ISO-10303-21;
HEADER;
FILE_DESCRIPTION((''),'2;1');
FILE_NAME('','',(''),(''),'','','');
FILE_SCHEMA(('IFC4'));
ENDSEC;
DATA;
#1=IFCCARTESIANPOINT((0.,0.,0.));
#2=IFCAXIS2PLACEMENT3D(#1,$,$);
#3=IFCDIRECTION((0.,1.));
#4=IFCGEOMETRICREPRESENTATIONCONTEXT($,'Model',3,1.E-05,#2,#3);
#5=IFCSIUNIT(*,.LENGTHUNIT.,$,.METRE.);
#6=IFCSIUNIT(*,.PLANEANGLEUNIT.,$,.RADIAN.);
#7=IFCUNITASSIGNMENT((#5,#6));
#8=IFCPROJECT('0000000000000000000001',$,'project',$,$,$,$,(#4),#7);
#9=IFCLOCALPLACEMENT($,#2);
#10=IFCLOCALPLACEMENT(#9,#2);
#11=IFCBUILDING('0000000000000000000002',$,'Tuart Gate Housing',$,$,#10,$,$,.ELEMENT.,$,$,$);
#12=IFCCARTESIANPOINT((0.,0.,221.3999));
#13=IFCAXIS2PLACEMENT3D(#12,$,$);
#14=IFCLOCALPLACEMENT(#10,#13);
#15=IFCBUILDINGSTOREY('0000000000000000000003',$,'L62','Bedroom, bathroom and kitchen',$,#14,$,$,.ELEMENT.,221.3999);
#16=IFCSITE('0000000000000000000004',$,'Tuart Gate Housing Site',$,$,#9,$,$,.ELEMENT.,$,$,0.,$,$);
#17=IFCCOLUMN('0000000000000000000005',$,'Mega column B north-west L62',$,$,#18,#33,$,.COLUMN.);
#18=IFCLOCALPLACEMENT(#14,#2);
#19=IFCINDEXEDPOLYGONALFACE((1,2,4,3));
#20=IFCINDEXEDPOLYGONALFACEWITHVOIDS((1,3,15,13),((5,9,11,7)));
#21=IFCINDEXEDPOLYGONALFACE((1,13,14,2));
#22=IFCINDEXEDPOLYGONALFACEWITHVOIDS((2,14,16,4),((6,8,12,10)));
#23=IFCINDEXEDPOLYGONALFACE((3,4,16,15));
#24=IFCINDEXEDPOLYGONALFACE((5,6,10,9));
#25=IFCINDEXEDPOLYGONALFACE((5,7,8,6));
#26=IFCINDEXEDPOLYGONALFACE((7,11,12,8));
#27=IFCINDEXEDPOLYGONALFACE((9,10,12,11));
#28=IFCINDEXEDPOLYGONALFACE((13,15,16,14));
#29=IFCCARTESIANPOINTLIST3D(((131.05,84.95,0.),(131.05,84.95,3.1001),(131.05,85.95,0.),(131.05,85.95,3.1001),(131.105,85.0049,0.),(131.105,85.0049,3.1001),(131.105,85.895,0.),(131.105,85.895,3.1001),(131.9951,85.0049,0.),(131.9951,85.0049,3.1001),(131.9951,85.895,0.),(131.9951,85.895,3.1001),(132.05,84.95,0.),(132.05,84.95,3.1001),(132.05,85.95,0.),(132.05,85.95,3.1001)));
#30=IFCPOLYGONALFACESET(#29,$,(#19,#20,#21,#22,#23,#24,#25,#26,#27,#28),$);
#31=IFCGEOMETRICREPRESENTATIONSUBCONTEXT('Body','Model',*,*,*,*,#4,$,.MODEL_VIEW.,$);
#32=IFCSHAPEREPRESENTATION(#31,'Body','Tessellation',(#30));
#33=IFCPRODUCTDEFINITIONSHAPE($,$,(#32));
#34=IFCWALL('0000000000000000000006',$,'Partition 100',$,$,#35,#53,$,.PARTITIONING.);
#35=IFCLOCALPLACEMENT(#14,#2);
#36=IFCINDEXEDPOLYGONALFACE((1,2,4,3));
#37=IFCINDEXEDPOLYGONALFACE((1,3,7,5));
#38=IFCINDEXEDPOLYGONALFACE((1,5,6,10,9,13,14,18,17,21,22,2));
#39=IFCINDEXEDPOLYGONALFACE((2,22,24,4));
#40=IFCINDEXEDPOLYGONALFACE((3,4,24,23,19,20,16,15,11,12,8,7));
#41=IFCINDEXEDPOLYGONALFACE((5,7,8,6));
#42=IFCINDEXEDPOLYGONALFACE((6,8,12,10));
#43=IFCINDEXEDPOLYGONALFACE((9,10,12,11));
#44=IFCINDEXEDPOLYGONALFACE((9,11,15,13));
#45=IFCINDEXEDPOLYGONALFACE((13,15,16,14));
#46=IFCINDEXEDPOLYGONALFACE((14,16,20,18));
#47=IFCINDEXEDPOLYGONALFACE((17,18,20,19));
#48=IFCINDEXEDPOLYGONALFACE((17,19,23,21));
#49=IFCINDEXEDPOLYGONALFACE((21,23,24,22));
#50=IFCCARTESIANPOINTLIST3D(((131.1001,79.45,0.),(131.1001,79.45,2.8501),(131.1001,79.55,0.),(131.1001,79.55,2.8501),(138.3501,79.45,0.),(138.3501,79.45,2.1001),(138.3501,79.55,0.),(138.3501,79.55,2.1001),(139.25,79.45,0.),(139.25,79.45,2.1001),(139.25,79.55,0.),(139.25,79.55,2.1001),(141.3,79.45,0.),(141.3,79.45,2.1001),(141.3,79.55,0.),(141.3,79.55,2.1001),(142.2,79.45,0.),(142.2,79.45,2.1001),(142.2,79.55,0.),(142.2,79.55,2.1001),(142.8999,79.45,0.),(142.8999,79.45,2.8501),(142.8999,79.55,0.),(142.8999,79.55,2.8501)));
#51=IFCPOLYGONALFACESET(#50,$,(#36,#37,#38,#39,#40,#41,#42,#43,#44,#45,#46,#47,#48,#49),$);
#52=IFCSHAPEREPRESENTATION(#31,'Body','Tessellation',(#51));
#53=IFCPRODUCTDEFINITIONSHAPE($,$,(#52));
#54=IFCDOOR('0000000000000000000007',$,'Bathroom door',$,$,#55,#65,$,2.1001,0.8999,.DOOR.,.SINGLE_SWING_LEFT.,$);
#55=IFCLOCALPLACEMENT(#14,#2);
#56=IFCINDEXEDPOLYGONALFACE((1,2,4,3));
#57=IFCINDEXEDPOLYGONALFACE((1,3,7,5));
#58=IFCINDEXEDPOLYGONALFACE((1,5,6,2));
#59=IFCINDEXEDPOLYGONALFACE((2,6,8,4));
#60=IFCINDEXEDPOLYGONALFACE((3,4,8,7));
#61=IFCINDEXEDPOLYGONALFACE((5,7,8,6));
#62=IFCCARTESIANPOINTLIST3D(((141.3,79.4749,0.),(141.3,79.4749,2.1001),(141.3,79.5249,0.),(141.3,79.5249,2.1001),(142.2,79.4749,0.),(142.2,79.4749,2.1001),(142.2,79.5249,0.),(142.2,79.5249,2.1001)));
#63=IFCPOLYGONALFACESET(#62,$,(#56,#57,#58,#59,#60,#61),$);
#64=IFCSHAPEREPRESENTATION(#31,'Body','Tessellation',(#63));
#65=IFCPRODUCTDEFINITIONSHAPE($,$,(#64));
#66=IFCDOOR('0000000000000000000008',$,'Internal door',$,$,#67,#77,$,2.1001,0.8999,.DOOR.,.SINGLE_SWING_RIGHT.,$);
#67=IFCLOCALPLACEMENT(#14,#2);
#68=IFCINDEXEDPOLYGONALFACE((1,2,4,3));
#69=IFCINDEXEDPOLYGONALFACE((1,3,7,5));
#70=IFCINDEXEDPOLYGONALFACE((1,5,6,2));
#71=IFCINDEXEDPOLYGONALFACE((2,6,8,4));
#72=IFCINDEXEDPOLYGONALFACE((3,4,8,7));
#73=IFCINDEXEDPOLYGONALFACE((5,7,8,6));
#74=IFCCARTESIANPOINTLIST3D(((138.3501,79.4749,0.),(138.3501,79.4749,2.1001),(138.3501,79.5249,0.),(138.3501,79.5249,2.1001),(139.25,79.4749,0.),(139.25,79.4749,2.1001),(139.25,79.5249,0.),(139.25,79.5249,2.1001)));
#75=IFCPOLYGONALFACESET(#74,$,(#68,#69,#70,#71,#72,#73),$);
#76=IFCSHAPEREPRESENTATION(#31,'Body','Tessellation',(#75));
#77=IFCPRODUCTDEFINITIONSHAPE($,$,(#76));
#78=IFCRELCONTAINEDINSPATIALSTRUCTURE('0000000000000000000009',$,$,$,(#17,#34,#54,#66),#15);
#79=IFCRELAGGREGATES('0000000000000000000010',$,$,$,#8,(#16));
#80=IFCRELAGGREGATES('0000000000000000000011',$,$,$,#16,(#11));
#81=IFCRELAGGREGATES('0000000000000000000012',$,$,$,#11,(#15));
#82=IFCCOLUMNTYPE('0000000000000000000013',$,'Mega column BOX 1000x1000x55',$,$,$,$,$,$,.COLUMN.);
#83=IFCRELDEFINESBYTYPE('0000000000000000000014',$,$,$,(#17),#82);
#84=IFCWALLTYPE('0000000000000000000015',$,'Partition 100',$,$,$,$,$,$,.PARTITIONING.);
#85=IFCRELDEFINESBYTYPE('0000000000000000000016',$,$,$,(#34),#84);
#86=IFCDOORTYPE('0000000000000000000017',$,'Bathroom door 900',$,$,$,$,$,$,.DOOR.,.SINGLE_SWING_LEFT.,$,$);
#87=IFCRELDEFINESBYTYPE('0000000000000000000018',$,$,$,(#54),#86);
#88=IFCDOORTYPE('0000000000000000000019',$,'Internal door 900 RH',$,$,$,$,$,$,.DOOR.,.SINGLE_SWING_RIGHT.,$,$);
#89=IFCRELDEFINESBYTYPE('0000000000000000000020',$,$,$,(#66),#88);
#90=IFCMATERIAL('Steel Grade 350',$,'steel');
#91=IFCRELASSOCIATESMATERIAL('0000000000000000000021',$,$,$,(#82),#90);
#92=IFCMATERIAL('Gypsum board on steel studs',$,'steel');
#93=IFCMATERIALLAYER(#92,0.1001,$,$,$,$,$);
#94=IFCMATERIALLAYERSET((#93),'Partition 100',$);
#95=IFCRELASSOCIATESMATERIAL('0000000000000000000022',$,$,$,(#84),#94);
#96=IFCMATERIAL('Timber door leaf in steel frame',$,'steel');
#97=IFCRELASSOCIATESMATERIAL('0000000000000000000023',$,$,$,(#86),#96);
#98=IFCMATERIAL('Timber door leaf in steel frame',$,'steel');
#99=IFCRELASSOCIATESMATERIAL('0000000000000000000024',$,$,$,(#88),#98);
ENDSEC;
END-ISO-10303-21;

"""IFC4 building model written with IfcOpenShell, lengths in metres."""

from ifc_helpers import new_model, si_unit, direction, frame, frame_2d, origin, origin_2d, place, context, subcontext, project, spatial, rectangle, hollow_rectangle, extrude, material, layer, layer_set, material_profile, profile_set, type_object, element, fill, save


model = new_model("IFC4")

# Units and contexts
model_context = context("Model", 3, precision=1e-05, world=origin(), true_north=direction((0.0, 1.0)))
body_context = subcontext(model_context, "Body", "Model", "MODEL_VIEW")
ifc_project = project(units=[si_unit("LENGTHUNIT", "METRE"), si_unit("PLANEANGLEUNIT", "RADIAN")], contexts=[model_context])

# Site, building, storey
site_placement = place(None, origin())
site = spatial("IfcSite", under=ifc_project, at=site_placement, Name="Tuart Gate Housing Site", CompositionType="ELEMENT", RefElevation=0.0)
building_placement = place(site_placement, origin())
building = spatial("IfcBuilding", under=site, at=building_placement, Name="Tuart Gate Housing", CompositionType="ELEMENT")
storey_placement = place(building_placement, frame((0.0, 0.0, 221.3999)))
storey = spatial("IfcBuildingStorey", under=building, at=storey_placement, Name="L62", Description="Bedroom, bathroom and kitchen", CompositionType="ELEMENT", Elevation=221.3999)

# Column
ifc_material_1 = material(Name="Steel Grade 350", Category="steel")
ifc_material_profile = material_profile(ifc_material_1, hollow_rectangle(XDim=1.0, YDim=1.0, WallThickness=0.0549, at=origin_2d()), Name="BOX 1000x1000x55")
ifc_profile_set = profile_set([ifc_material_profile], Name="Steel Grade 350")
column_type = type_object("IfcColumnType", Name="Mega column BOX 1000x1000x55", PredefinedType="COLUMN", material=ifc_profile_set)
column_placement = place(storey_placement, frame((131.55, 85.45, 0.0), z_axis=(0.0, 0.0, 1.0), x_axis=(1.0, 0.0, 0.0)))
element("IfcColumn", 1, at=column_placement, inside=storey, type_object=column_type, Name="Mega column B north-west L62", PredefinedType="COLUMN", context=body_context, shape_type="SweptSolid", body=[
    extrude(hollow_rectangle(XDim=1.0, YDim=1.0, WallThickness=0.0549, at=origin_2d()), origin(), (0.0, 0.0, 1.0), 3.1001),
])

# Wall, openings, doors
ifc_material_2 = material(Name="Gypsum board on steel studs", Category="steel")
ifc_layer_1 = layer(ifc_material_2, 0.1001)
ifc_layer_set_1 = layer_set([ifc_layer_1], Name="Partition 100")
wall_type_1 = type_object("IfcWallType", Name="Partition 100", PredefinedType="PARTITIONING", material=ifc_layer_set_1)
wall_1_placement = place(storey_placement, frame((131.1001, 79.5, 0.0), z_axis=(0.0, 0.0, 1.0), x_axis=(1.0, 0.0, 0.0)))
wall_1 = element("IfcWall", 2, at=wall_1_placement, inside=storey, type_object=wall_type_1, Name="Partition 100", PredefinedType="PARTITIONING", context=body_context, shape_type="SweptSolid", body=[
    extrude(rectangle(XDim=11.7998, YDim=0.1001, at=frame_2d((5.8999, 0.0))), origin(), (0.0, 0.0, 1.0), 2.8501),
])
opening_1_placement = place(wall_1_placement, frame((7.25, 0.0, 0.0)))
opening_1 = element("IfcOpeningElement", 3, at=opening_1_placement, cuts=wall_1, PredefinedType="OPENING", context=body_context, shape_type="SweptSolid", body=[
    extrude(rectangle(XDim=0.8999, YDim=2.1001, at=frame_2d((0.45, 1.05))), frame((0.0, 0.0601, 0.0), z_axis=(0.0, -1.0, 0.0), x_axis=(1.0, 0.0, 0.0)), (0.0, 0.0, 1.0), 0.1201),
])
opening_2_placement = place(wall_1_placement, frame((10.2, 0.0, 0.0)))
opening_2 = element("IfcOpeningElement", 4, at=opening_2_placement, cuts=wall_1, PredefinedType="OPENING", context=body_context, shape_type="SweptSolid", body=[
    extrude(rectangle(XDim=0.8999, YDim=2.1001, at=frame_2d((0.45, 1.05))), frame((0.0, 0.0601, 0.0), z_axis=(0.0, -1.0, 0.0), x_axis=(1.0, 0.0, 0.0)), (0.0, 0.0, 1.0), 0.1201),
])
ifc_material_3 = material(Name="Timber door leaf in steel frame", Category="steel")
door_type_1 = type_object("IfcDoorType", Name="Bathroom door 900", OperationType="SINGLE_SWING_LEFT", PredefinedType="DOOR", material=ifc_material_3)
door_1_placement = place(opening_2_placement, origin())
door_1 = element("IfcDoor", 5, at=door_1_placement, inside=storey, type_object=door_type_1, Name="Bathroom door", OperationType="SINGLE_SWING_LEFT", OverallHeight=2.1001, OverallWidth=0.8999, PredefinedType="DOOR", context=body_context, shape_type="SweptSolid", body=[
    extrude(rectangle(XDim=0.8999, YDim=2.1001, at=frame_2d((0.45, 1.05))), frame((0.0, 0.0249, 0.0), z_axis=(0.0, -1.0, 0.0), x_axis=(1.0, 0.0, 0.0)), (0.0, 0.0, 1.0), 0.05),
])
fill(opening_2, door_1)
ifc_material_4 = material(Name="Timber door leaf in steel frame", Category="steel")
door_type_2 = type_object("IfcDoorType", Name="Internal door 900 RH", OperationType="SINGLE_SWING_RIGHT", PredefinedType="DOOR", material=ifc_material_4)
door_2_placement = place(opening_1_placement, frame((0.8999, 0.0, 0.0), z_axis=(0.0, 0.0, 1.0), x_axis=(-1.0, 0.0, 0.0)))
door_2 = element("IfcDoor", 6, at=door_2_placement, inside=storey, type_object=door_type_2, Name="Internal door", OperationType="SINGLE_SWING_RIGHT", OverallHeight=2.1001, OverallWidth=0.8999, PredefinedType="DOOR", context=body_context, shape_type="SweptSolid", body=[
    extrude(rectangle(XDim=0.8999, YDim=2.1001, at=frame_2d((0.45, 1.05))), frame((0.0, 0.0251, 0.0), z_axis=(0.0, -1.0, 0.0), x_axis=(1.0, 0.0, 0.0)), (0.0, 0.0, 1.0), 0.05),
])
fill(opening_1, door_2)

save(model, "model.ifc")
